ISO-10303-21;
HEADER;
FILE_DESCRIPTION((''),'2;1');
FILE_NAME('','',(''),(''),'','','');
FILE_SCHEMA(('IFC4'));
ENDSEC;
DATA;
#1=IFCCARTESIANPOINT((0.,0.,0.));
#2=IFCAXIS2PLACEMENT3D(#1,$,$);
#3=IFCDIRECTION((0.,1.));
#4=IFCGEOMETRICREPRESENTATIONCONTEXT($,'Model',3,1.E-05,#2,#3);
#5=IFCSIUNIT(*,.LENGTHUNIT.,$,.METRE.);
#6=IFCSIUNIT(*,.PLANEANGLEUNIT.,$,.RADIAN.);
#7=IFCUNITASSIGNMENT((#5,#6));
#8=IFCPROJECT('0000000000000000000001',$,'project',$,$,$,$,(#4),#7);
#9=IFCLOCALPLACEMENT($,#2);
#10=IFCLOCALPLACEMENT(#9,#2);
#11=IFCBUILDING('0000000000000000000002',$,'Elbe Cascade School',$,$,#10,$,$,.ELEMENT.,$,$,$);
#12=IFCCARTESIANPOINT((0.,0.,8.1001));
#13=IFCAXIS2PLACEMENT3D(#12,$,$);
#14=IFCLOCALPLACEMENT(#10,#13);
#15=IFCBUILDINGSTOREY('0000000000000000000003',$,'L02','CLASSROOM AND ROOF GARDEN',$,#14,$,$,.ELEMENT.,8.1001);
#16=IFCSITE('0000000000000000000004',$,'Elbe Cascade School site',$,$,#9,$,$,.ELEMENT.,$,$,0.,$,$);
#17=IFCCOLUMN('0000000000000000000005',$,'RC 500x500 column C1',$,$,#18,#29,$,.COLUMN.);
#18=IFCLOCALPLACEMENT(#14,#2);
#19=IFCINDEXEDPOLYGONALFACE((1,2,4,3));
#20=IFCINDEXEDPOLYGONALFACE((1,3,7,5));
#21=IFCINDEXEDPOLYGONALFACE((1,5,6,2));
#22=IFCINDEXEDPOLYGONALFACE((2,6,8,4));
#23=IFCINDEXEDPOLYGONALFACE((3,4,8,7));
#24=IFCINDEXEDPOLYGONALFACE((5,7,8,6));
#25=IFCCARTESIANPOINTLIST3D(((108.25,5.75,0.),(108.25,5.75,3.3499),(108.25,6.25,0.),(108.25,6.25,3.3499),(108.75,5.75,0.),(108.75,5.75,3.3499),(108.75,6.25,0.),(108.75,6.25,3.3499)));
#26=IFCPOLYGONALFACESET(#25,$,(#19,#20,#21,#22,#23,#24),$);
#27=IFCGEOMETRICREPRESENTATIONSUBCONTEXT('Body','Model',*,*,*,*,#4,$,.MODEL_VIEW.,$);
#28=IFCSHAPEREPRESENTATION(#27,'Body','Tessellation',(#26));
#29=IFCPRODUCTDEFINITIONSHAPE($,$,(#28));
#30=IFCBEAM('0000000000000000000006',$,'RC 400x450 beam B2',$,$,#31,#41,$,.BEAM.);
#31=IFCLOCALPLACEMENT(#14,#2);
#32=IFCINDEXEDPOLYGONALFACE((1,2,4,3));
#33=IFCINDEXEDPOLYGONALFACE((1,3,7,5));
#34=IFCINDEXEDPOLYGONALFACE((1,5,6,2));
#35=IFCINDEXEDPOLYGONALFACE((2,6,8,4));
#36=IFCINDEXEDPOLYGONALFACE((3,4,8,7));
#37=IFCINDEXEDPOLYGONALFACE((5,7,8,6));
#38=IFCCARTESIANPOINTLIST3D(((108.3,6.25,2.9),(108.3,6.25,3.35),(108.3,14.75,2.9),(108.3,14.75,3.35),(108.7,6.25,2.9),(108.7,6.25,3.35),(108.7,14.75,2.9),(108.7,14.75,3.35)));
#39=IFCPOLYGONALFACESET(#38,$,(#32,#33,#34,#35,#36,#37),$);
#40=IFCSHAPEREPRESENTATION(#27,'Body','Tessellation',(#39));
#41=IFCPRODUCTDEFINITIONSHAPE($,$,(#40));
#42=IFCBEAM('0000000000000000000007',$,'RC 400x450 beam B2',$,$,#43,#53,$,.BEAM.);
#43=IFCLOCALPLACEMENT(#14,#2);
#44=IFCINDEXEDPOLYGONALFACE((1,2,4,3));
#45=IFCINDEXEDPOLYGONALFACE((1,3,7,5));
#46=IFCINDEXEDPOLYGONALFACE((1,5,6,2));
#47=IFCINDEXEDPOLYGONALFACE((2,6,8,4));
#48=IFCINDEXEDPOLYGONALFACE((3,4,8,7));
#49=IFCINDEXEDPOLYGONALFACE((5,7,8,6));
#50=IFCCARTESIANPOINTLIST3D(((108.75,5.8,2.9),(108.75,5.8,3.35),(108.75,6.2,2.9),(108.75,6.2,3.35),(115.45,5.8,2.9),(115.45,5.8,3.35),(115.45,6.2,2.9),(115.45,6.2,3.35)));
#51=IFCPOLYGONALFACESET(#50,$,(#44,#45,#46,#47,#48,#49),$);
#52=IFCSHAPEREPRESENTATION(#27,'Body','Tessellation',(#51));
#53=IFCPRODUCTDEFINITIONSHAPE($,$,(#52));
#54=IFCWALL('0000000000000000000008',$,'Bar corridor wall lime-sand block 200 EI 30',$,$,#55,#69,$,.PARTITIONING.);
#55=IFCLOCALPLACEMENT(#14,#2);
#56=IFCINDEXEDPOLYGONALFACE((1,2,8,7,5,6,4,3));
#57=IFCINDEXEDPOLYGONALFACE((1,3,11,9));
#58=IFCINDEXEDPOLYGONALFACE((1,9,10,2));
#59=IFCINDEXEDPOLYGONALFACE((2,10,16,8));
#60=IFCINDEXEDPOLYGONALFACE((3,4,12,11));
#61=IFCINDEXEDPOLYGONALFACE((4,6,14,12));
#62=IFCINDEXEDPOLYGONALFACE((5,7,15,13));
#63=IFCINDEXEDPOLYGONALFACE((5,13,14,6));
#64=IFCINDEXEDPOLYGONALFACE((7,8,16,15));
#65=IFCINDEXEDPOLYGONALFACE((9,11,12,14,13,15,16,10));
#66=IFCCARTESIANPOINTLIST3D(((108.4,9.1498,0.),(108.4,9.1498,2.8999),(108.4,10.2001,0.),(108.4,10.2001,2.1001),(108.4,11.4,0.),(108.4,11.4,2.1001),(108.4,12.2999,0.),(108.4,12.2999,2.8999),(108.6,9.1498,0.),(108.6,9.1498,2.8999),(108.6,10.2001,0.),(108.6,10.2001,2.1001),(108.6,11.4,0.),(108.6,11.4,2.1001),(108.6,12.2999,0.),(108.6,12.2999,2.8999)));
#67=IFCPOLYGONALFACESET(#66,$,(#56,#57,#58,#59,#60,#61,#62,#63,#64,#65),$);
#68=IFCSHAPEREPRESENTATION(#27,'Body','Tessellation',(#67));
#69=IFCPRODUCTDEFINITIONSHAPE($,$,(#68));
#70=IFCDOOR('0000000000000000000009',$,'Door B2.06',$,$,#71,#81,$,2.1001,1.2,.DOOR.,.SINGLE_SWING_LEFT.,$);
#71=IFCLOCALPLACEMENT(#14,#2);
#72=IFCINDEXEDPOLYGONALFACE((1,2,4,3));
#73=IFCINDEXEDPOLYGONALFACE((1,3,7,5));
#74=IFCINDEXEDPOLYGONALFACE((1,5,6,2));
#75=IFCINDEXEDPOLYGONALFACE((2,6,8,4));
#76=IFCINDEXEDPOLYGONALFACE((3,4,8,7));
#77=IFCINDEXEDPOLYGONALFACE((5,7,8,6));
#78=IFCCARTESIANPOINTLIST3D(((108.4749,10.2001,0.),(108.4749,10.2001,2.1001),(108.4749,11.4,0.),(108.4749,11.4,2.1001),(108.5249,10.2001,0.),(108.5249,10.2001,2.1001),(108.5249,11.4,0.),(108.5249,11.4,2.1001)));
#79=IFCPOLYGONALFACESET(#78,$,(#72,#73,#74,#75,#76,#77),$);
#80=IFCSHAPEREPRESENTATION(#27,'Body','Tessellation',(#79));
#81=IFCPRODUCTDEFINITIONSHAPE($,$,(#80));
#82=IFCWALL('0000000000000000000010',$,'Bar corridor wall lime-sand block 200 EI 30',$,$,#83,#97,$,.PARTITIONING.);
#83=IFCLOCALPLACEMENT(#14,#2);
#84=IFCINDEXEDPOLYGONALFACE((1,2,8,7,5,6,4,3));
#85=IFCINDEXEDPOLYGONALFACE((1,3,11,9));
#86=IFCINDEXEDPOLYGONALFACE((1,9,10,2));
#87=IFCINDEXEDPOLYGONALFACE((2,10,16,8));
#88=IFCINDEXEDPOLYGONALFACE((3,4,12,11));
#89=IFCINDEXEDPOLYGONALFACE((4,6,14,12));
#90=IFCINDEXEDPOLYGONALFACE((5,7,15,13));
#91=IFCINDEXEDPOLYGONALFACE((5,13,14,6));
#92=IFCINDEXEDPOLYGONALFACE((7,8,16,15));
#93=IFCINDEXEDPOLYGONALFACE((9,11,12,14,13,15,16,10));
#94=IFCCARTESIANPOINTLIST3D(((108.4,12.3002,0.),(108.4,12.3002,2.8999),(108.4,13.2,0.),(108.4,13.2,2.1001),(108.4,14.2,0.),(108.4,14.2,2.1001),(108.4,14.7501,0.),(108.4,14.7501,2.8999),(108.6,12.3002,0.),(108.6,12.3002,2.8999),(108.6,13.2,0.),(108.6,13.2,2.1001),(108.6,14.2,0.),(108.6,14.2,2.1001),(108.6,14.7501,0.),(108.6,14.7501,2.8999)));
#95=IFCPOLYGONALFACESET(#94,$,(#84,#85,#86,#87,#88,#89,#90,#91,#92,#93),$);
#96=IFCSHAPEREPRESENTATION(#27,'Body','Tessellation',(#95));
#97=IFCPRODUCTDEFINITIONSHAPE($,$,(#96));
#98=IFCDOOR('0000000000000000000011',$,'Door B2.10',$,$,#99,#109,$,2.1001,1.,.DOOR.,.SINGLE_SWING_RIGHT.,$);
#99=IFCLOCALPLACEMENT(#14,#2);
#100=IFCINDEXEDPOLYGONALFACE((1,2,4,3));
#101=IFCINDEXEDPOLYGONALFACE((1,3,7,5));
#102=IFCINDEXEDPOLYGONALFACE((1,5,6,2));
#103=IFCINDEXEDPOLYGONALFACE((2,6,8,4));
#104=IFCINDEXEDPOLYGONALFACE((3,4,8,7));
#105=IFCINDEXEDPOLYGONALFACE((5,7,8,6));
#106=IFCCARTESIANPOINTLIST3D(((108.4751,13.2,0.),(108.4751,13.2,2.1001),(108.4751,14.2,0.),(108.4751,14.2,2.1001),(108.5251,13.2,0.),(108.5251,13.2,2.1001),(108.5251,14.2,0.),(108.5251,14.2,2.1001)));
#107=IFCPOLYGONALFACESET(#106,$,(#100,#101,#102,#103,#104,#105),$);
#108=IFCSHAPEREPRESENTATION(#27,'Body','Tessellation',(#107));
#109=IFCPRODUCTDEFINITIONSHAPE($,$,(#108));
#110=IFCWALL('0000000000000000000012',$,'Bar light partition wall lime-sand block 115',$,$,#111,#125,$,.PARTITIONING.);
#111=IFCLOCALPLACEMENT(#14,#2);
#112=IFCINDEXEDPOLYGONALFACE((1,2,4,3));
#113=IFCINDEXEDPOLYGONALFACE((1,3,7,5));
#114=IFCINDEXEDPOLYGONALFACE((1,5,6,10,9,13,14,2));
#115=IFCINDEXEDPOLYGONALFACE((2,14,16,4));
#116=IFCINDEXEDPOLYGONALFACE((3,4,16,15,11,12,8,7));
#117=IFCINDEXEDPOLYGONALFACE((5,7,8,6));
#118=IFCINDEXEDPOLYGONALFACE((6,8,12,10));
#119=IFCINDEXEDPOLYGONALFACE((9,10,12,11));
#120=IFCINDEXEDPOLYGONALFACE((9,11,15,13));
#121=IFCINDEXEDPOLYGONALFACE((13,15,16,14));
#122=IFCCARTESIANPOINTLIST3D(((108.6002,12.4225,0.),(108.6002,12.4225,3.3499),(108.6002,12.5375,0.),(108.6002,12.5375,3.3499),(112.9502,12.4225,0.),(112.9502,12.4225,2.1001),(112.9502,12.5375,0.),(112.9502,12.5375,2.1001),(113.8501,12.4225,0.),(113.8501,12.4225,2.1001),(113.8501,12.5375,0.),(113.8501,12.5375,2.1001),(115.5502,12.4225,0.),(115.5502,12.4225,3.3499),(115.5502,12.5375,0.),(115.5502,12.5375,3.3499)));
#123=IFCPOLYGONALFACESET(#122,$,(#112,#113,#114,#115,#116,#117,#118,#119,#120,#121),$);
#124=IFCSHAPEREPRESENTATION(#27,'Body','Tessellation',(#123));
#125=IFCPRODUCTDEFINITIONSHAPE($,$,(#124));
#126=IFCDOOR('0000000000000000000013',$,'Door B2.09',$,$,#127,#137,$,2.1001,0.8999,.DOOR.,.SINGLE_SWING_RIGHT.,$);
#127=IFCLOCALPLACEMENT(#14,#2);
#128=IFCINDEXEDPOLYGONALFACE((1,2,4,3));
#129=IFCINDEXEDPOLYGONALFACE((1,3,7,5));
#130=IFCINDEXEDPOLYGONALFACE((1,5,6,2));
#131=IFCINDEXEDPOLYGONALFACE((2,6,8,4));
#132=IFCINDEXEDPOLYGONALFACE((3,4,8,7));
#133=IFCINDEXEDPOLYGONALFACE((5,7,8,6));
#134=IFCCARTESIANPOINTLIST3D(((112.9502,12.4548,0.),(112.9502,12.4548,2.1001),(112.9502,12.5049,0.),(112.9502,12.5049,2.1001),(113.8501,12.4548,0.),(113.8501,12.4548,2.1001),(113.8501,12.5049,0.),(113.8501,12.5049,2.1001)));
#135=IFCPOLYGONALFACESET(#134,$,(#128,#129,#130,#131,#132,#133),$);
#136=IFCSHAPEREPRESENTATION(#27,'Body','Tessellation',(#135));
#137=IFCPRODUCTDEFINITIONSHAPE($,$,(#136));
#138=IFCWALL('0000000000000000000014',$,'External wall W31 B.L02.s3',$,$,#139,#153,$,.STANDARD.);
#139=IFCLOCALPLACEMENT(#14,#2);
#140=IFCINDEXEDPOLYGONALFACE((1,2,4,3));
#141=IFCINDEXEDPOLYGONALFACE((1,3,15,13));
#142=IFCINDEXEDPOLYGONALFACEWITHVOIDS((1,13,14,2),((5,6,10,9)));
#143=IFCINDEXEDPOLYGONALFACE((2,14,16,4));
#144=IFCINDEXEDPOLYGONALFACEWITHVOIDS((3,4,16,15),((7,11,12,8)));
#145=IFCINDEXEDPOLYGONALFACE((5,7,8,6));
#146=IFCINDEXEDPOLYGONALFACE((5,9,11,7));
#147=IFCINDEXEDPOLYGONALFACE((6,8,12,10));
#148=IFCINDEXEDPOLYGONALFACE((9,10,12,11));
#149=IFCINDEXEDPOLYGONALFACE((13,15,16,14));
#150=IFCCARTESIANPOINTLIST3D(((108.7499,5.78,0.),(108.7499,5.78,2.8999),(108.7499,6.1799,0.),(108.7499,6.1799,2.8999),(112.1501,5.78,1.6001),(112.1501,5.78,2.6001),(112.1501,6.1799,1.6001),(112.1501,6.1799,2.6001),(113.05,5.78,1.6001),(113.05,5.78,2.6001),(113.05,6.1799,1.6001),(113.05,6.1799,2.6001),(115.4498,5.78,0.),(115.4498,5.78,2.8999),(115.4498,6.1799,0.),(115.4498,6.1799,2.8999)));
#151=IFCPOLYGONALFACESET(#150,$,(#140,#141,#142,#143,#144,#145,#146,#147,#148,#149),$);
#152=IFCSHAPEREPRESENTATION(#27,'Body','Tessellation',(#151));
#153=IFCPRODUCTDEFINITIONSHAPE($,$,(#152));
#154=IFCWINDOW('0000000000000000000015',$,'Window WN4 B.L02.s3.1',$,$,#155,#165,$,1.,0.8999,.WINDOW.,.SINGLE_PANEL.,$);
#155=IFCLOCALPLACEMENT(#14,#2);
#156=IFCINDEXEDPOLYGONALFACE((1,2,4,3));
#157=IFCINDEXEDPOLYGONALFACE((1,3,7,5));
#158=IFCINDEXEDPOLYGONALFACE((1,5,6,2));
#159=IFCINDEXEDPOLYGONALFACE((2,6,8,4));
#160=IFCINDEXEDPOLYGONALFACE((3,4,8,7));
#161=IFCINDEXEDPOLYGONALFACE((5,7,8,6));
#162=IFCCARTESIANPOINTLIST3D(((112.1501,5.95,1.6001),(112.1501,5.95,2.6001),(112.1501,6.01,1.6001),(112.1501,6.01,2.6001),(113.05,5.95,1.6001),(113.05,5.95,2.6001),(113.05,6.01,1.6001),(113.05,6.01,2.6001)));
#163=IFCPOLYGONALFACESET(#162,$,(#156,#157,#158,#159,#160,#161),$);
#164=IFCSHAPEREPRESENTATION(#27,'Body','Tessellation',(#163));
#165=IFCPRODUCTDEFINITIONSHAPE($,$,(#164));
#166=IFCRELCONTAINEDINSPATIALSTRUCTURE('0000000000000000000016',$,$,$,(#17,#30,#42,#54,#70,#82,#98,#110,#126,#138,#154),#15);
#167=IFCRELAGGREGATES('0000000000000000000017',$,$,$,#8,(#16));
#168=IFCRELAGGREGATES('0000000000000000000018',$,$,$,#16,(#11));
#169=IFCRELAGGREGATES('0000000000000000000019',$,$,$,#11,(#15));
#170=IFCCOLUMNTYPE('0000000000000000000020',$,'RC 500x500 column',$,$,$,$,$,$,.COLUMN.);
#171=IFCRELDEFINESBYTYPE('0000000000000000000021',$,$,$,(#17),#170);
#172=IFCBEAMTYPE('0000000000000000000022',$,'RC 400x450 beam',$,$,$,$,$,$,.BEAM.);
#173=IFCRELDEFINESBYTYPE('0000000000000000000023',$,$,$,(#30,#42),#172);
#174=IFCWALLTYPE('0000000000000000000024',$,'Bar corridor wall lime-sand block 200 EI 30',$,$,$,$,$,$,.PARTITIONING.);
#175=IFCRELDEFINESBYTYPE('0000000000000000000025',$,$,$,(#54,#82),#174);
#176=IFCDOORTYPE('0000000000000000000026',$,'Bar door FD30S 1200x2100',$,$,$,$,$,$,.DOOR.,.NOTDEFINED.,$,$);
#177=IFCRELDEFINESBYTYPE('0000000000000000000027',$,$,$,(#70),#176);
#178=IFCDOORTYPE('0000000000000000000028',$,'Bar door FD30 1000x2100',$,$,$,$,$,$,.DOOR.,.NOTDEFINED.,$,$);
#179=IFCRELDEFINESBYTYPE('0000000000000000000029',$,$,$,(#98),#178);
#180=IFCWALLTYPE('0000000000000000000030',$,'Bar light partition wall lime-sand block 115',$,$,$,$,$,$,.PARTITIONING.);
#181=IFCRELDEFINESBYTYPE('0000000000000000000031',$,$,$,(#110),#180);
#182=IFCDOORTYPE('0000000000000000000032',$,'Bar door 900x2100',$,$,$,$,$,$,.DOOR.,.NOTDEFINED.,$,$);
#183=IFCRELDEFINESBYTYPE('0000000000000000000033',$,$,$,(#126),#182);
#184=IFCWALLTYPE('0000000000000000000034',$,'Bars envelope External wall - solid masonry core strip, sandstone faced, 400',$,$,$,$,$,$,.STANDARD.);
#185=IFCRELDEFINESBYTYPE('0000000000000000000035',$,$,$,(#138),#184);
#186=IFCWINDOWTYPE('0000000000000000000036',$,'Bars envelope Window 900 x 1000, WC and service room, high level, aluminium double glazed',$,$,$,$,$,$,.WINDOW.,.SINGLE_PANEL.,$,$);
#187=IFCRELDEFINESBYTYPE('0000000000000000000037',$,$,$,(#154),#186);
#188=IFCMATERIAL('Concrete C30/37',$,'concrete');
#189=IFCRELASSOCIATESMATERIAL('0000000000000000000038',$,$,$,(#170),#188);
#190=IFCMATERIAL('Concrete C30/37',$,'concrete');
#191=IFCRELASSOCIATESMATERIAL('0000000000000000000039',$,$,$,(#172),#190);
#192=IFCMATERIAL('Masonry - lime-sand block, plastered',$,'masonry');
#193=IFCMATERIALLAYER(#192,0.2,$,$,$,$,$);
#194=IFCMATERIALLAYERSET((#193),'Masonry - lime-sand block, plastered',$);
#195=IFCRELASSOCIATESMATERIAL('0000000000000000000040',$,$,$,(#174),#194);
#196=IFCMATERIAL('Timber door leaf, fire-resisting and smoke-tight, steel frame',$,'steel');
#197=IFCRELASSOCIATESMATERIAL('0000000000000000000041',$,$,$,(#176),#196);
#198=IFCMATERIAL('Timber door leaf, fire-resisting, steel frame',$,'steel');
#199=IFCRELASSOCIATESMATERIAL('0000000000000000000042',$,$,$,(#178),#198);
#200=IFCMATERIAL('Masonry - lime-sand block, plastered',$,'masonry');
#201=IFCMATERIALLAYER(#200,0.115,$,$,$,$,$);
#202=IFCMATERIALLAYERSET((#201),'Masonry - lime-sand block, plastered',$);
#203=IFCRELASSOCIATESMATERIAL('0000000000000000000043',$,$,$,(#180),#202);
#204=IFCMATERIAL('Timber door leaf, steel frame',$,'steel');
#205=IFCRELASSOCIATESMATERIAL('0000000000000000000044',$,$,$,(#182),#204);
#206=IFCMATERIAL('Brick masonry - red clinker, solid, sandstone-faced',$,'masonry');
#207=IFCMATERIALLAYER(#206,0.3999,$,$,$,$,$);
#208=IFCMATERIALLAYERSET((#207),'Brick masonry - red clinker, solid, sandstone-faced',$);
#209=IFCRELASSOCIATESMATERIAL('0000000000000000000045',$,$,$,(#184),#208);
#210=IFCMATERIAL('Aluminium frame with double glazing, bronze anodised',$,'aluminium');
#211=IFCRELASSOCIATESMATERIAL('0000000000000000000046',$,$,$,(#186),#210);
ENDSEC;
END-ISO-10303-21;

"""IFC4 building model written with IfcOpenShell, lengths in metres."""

from ifc_helpers import new_model, si_unit, direction, frame, frame_2d, origin, origin_2d, place, context, subcontext, project, spatial, rectangle, extrude, material, layer, layer_set, material_profile, profile_set, type_object, element, fill, save


model = new_model("IFC4")

# Units and contexts
model_context = context("Model", 3, precision=1e-05, world=origin(), true_north=direction((0.0, 1.0)))
body_context = subcontext(model_context, "Body", "Model", "MODEL_VIEW")
ifc_project = project(units=[si_unit("LENGTHUNIT", "METRE"), si_unit("PLANEANGLEUNIT", "RADIAN")], contexts=[model_context])

# Site, building, storey
site_placement = place(None, origin())
site = spatial("IfcSite", under=ifc_project, at=site_placement, Name="Elbe Cascade School site", CompositionType="ELEMENT", RefElevation=0.0)
building_placement = place(site_placement, origin())
building = spatial("IfcBuilding", under=site, at=building_placement, Name="Elbe Cascade School", CompositionType="ELEMENT")
storey_placement = place(building_placement, frame((0.0, 0.0, 8.1001)))
storey = spatial("IfcBuildingStorey", under=building, at=storey_placement, Name="L02", Description="CLASSROOM AND ROOF GARDEN", CompositionType="ELEMENT", Elevation=8.1001)

# Column
ifc_material_1 = material(Name="Concrete C30/37", Category="concrete")
ifc_material_profile_1 = material_profile(ifc_material_1, rectangle(XDim=0.5, YDim=0.5, at=origin_2d()), Name="RC 500x500")
ifc_profile_set_1 = profile_set([ifc_material_profile_1], Name="Concrete C30/37")
column_type = type_object("IfcColumnType", Name="RC 500x500 column", PredefinedType="COLUMN", material=ifc_profile_set_1)
column_placement = place(storey_placement, frame((108.5, 6.0, 0.0), z_axis=(0.0, 0.0, 1.0), x_axis=(1.0, 0.0, 0.0)))
element("IfcColumn", 1, at=column_placement, inside=storey, type_object=column_type, Name="RC 500x500 column C1", PredefinedType="COLUMN", context=body_context, shape_type="SweptSolid", body=[
    extrude(rectangle(XDim=0.5, YDim=0.5, at=origin_2d()), origin(), (0.0, 0.0, 1.0), 3.3499),
])

# Beams
ifc_material_2 = material(Name="Concrete C30/37", Category="concrete")
ifc_material_profile_2 = material_profile(ifc_material_2, rectangle(XDim=0.3999, YDim=0.45, at=origin_2d()), Name="RC 400x450")
ifc_profile_set_2 = profile_set([ifc_material_profile_2], Name="Concrete C30/37")
beam_type = type_object("IfcBeamType", Name="RC 400x450 beam", PredefinedType="BEAM", material=ifc_profile_set_2)
beam_1_placement = place(storey_placement, frame((108.5, 6.25, 3.125), z_axis=(0.0, 1.0, 0.0), x_axis=(-1.0, 0.0, 0.0)))
element("IfcBeam", 2, at=beam_1_placement, inside=storey, type_object=beam_type, Name="RC 400x450 beam B2", PredefinedType="BEAM", context=body_context, shape_type="SweptSolid", body=[
    extrude(rectangle(XDim=0.3999, YDim=0.45, at=origin_2d()), origin(), (0.0, 0.0, 1.0), 8.5),
])
beam_2_placement = place(storey_placement, frame((108.75, 6.0, 3.125), z_axis=(1.0, 0.0, 0.0), x_axis=(0.0, 1.0, 0.0)))
element("IfcBeam", 3, at=beam_2_placement, inside=storey, type_object=beam_type, Name="RC 400x450 beam B2", PredefinedType="BEAM", context=body_context, shape_type="SweptSolid", body=[
    extrude(rectangle(XDim=0.3999, YDim=0.45, at=origin_2d()), origin(), (0.0, 0.0, 1.0), 6.7),
])

# Walls, openings, doors
ifc_material_3 = material(Name="Masonry - lime-sand block, plastered", Category="masonry")
ifc_layer_1 = layer(ifc_material_3, 0.2)
ifc_layer_set_1 = layer_set([ifc_layer_1], Name="Masonry - lime-sand block, plastered")
wall_type_1 = type_object("IfcWallType", Name="Bar corridor wall lime-sand block 200 EI 30", PredefinedType="PARTITIONING", material=ifc_layer_set_1)
wall_1_placement = place(storey_placement, frame((108.5, 12.3, 0.0), z_axis=(0.0, 0.0, 1.0), x_axis=(0.0, -1.0, 0.0)))
wall_1 = element("IfcWall", 4, at=wall_1_placement, inside=storey, type_object=wall_type_1, Name="Bar corridor wall lime-sand block 200 EI 30", PredefinedType="PARTITIONING", context=body_context, shape_type="SweptSolid", body=[
    extrude(rectangle(XDim=3.1501, YDim=0.2, at=frame_2d((1.5752, 0.0))), origin(), (0.0, 0.0, 1.0), 2.8999),
])
opening_1_placement = place(wall_1_placement, frame((0.8999, 0.0, 0.0)))
opening_1 = element("IfcOpeningElement", 5, at=opening_1_placement, cuts=wall_1, PredefinedType="OPENING", context=body_context, shape_type="SweptSolid", body=[
    extrude(rectangle(XDim=1.2, YDim=2.1001, at=frame_2d((0.6001, 1.05))), frame((0.0, 0.1099, 0.0), z_axis=(0.0, -1.0, 0.0), x_axis=(1.0, 0.0, 0.0)), (0.0, 0.0, 1.0), 0.22),
])
ifc_material_4 = material(Name="Timber door leaf, fire-resisting and smoke-tight, steel frame", Category="steel")
door_type_1 = type_object("IfcDoorType", Name="Bar door FD30S 1200x2100", OperationType="NOTDEFINED", PredefinedType="DOOR", material=ifc_material_4)
door_1_placement = place(opening_1_placement, origin())
door_1 = element("IfcDoor", 6, at=door_1_placement, inside=storey, type_object=door_type_1, Name="Door B2.06", OperationType="SINGLE_SWING_LEFT", OverallHeight=2.1001, OverallWidth=1.2, PredefinedType="DOOR", context=body_context, shape_type="SweptSolid", body=[
    extrude(rectangle(XDim=1.2, YDim=2.1001, at=frame_2d((0.6001, 1.05))), frame((0.0, 0.0249, 0.0), z_axis=(0.0, -1.0, 0.0), x_axis=(1.0, 0.0, 0.0)), (0.0, 0.0, 1.0), 0.05),
])
fill(opening_1, door_1)
wall_2_placement = place(storey_placement, frame((108.5, 12.3, 0.0), z_axis=(0.0, 0.0, 1.0), x_axis=(0.0, 1.0, 0.0)))
wall_2 = element("IfcWall", 7, at=wall_2_placement, inside=storey, type_object=wall_type_1, Name="Bar corridor wall lime-sand block 200 EI 30", PredefinedType="PARTITIONING", context=body_context, shape_type="SweptSolid", body=[
    extrude(rectangle(XDim=2.45, YDim=0.2, at=frame_2d((1.2251, 0.0))), origin(), (0.0, 0.0, 1.0), 2.8999),
])
opening_2_placement = place(wall_2_placement, frame((0.8999, 0.0, 0.0)))
opening_2 = element("IfcOpeningElement", 8, at=opening_2_placement, cuts=wall_2, PredefinedType="OPENING", context=body_context, shape_type="SweptSolid", body=[
    extrude(rectangle(XDim=1.0, YDim=2.1001, at=frame_2d((0.5, 1.05))), frame((0.0, 0.1099, 0.0), z_axis=(0.0, -1.0, 0.0), x_axis=(1.0, 0.0, 0.0)), (0.0, 0.0, 1.0), 0.22),
])
ifc_material_5 = material(Name="Timber door leaf, fire-resisting, steel frame", Category="steel")
door_type_2 = type_object("IfcDoorType", Name="Bar door FD30 1000x2100", OperationType="NOTDEFINED", PredefinedType="DOOR", material=ifc_material_5)
door_2_placement = place(opening_2_placement, origin())
door_2 = element("IfcDoor", 9, at=door_2_placement, inside=storey, type_object=door_type_2, Name="Door B2.10", OperationType="SINGLE_SWING_RIGHT", OverallHeight=2.1001, OverallWidth=1.0, PredefinedType="DOOR", context=body_context, shape_type="SweptSolid", body=[
    extrude(rectangle(XDim=1.0, YDim=2.1001, at=frame_2d((0.5, 1.05))), frame((0.0, 0.0249, 0.0), z_axis=(0.0, -1.0, 0.0), x_axis=(1.0, 0.0, 0.0)), (0.0, 0.0, 1.0), 0.05),
])
fill(opening_2, door_2)
ifc_material_6 = material(Name="Masonry - lime-sand block, plastered", Category="masonry")
ifc_layer_2 = layer(ifc_material_6, 0.115)
ifc_layer_set_2 = layer_set([ifc_layer_2], Name="Masonry - lime-sand block, plastered")
wall_type_2 = type_object("IfcWallType", Name="Bar light partition wall lime-sand block 115", PredefinedType="PARTITIONING", material=ifc_layer_set_2)
wall_3_placement = place(storey_placement, frame((108.6001, 12.48, 0.0), z_axis=(0.0, 0.0, 1.0), x_axis=(1.0, 0.0, 0.0)))
wall_3 = element("IfcWall", 10, at=wall_3_placement, inside=storey, type_object=wall_type_2, Name="Bar light partition wall lime-sand block 115", PredefinedType="PARTITIONING", context=body_context, shape_type="SweptSolid", body=[
    extrude(rectangle(XDim=6.95, YDim=0.115, at=frame_2d((3.4751, 0.0))), origin(), (0.0, 0.0, 1.0), 3.3499),
])
opening_3_placement = place(wall_3_placement, frame((4.3501, 0.0, 0.0)))
opening_3 = element("IfcOpeningElement", 11, at=opening_3_placement, cuts=wall_3, PredefinedType="OPENING", context=body_context, shape_type="SweptSolid", body=[
    extrude(rectangle(XDim=0.8999, YDim=2.1001, at=frame_2d((0.45, 1.05))), frame((0.0, 0.0674, 0.0), z_axis=(0.0, -1.0, 0.0), x_axis=(1.0, 0.0, 0.0)), (0.0, 0.0, 1.0), 0.135),
])
ifc_material_7 = material(Name="Timber door leaf, steel frame", Category="steel")
door_type_3 = type_object("IfcDoorType", Name="Bar door 900x2100", OperationType="NOTDEFINED", PredefinedType="DOOR", material=ifc_material_7)
door_3_placement = place(opening_3_placement, origin())
door_3 = element("IfcDoor", 12, at=door_3_placement, inside=storey, type_object=door_type_3, Name="Door B2.09", OperationType="SINGLE_SWING_RIGHT", OverallHeight=2.1001, OverallWidth=0.8999, PredefinedType="DOOR", context=body_context, shape_type="SweptSolid", body=[
    extrude(rectangle(XDim=0.8999, YDim=2.1001, at=frame_2d((0.45, 1.05))), frame((0.0, 0.0249, 0.0), z_axis=(0.0, -1.0, 0.0), x_axis=(1.0, 0.0, 0.0)), (0.0, 0.0, 1.0), 0.05),
])
fill(opening_3, door_3)

# Wall, opening, window
ifc_material_8 = material(Name="Brick masonry - red clinker, solid, sandstone-faced", Category="masonry")
ifc_layer_3 = layer(ifc_material_8, 0.3999)
ifc_layer_set_3 = layer_set([ifc_layer_3], Name="Brick masonry - red clinker, solid, sandstone-faced")
wall_type_3 = type_object("IfcWallType", Name="Bars envelope External wall - solid masonry core strip, sandstone faced, 400", PredefinedType="STANDARD", material=ifc_layer_set_3)
wall_4_placement = place(storey_placement, frame((115.45, 5.98, 0.0), z_axis=(0.0, 0.0, 1.0), x_axis=(-1.0, 0.0, 0.0)))
wall_4 = element("IfcWall", 13, at=wall_4_placement, inside=storey, type_object=wall_type_3, Name="External wall W31 B.L02.s3", PredefinedType="STANDARD", context=body_context, shape_type="SweptSolid", body=[
    extrude(rectangle(XDim=6.7, YDim=0.3999, at=frame_2d((3.3501, 0.0))), origin(), (0.0, 0.0, 1.0), 2.8999),
])
opening_4_placement = place(wall_4_placement, frame((2.3999, 0.0, 1.6001)))
opening_4 = element("IfcOpeningElement", 14, at=opening_4_placement, cuts=wall_4, PredefinedType="OPENING", context=body_context, shape_type="SweptSolid", body=[
    extrude(rectangle(XDim=0.8999, YDim=1.0, at=frame_2d((0.45, 0.5))), frame((0.0, 0.21, 0.0), z_axis=(0.0, -1.0, 0.0), x_axis=(1.0, 0.0, 0.0)), (0.0, 0.0, 1.0), 0.4199),
])
ifc_material_9 = material(Name="Aluminium frame with double glazing, bronze anodised", Category="aluminium")
window_type = type_object("IfcWindowType", Name="Bars envelope Window 900 x 1000, WC and service room, high level, aluminium double glazed", PartitioningType="SINGLE_PANEL", PredefinedType="WINDOW", material=ifc_material_9)
window_placement = place(opening_4_placement, origin())
window = element("IfcWindow", 15, at=window_placement, inside=storey, type_object=window_type, Name="Window WN4 B.L02.s3.1", OverallHeight=1.0, OverallWidth=0.8999, PartitioningType="SINGLE_PANEL", PredefinedType="WINDOW", context=body_context, shape_type="SweptSolid", body=[
    extrude(rectangle(XDim=0.8999, YDim=1.0, at=frame_2d((0.45, 0.5))), frame((0.0, 0.03, 0.0), z_axis=(0.0, -1.0, 0.0), x_axis=(1.0, 0.0, 0.0)), (0.0, 0.0, 1.0), 0.0601),
])
fill(opening_4, window)

save(model, "model.ifc")
